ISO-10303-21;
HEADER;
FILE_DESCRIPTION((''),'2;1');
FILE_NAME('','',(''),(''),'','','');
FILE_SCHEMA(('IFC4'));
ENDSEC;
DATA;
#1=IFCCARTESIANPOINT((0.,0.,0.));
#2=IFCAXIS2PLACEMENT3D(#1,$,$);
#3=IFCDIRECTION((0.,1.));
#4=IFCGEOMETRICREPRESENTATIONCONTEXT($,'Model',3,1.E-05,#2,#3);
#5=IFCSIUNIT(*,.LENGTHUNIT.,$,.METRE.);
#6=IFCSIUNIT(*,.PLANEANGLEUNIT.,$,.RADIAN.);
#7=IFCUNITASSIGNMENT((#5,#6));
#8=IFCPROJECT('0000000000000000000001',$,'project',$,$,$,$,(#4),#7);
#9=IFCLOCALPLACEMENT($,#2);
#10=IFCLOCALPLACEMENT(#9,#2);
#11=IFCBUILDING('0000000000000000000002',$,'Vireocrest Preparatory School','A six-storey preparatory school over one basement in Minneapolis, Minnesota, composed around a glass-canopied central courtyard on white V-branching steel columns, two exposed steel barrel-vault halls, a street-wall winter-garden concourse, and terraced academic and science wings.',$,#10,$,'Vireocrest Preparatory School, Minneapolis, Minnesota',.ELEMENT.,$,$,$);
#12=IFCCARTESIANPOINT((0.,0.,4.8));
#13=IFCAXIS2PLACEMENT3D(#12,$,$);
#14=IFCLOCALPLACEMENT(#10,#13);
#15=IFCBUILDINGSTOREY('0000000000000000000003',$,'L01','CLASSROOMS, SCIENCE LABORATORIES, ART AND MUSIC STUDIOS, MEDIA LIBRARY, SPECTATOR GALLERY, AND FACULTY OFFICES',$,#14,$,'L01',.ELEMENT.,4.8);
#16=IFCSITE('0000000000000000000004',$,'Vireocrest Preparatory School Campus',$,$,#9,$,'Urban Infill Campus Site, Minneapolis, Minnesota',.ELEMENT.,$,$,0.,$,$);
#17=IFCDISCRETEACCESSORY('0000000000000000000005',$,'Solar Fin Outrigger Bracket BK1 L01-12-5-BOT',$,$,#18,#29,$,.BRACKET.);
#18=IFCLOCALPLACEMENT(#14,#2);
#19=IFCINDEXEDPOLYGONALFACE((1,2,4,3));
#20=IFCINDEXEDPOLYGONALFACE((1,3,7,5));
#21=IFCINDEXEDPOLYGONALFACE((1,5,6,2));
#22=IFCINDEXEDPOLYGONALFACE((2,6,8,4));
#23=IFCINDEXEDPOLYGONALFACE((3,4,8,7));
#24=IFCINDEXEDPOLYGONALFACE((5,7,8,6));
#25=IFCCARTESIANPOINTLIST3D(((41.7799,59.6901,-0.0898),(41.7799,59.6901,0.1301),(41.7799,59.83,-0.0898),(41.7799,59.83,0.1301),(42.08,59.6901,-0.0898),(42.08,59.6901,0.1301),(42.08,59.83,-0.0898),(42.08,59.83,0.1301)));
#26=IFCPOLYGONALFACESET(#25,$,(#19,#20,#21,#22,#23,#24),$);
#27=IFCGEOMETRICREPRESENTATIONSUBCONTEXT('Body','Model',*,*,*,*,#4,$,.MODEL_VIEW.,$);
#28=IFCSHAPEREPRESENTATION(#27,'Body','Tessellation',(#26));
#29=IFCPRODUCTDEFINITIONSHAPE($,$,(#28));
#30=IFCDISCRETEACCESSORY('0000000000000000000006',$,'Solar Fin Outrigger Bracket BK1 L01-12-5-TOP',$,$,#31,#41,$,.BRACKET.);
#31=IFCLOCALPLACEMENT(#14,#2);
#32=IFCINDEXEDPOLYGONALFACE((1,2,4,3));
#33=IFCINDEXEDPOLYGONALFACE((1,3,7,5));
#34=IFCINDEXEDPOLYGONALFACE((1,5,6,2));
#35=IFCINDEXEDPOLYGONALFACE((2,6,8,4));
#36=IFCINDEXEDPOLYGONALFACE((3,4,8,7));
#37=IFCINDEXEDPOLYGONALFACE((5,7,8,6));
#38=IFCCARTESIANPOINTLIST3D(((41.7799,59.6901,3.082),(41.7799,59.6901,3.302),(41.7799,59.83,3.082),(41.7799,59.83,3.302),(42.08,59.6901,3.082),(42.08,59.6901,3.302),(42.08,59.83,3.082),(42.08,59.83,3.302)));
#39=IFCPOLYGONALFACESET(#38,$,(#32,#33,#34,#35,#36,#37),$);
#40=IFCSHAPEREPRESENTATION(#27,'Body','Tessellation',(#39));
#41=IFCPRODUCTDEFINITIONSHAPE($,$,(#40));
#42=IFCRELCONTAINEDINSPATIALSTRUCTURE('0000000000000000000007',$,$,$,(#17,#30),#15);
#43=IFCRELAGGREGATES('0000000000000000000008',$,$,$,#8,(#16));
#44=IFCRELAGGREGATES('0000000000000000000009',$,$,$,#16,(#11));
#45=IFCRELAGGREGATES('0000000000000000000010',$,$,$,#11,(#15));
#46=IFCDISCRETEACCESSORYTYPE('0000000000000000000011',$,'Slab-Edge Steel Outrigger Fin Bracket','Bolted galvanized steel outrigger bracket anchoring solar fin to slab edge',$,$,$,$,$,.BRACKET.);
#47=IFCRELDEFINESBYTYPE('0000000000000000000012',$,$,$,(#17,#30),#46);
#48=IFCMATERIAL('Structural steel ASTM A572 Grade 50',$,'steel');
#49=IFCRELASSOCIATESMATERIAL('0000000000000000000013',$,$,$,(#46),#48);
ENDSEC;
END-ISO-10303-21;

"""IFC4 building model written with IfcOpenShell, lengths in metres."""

from ifc_helpers import new_model, si_unit, direction, frame, origin, origin_2d, place, context, subcontext, project, spatial, rectangle, extrude, material, type_object, element, save


model = new_model("IFC4")

# Units and contexts
model_context = context("Model", 3, precision=1e-05, world=origin(), true_north=direction((0.0, 1.0)))
body_context = subcontext(model_context, "Body", "Model", "MODEL_VIEW")
ifc_project = project(units=[si_unit("LENGTHUNIT", "METRE"), si_unit("PLANEANGLEUNIT", "RADIAN")], contexts=[model_context])

# Site, building, storey
site_placement = place(None, origin())
site = spatial("IfcSite", under=ifc_project, at=site_placement, Name="Vireocrest Preparatory School Campus", LongName="Urban Infill Campus Site, Minneapolis, Minnesota", CompositionType="ELEMENT", RefElevation=0.0)
building_placement = place(site_placement, origin())
building = spatial("IfcBuilding", under=site, at=building_placement, Name="Vireocrest Preparatory School", Description="A six-storey preparatory school over one basement in Minneapolis, Minnesota, composed around a glass-canopied central courtyard on white V-branching steel columns, two exposed steel barrel-vault halls, a street-wall winter-garden concourse, and terraced academic and science wings.", LongName="Vireocrest Preparatory School, Minneapolis, Minnesota", CompositionType="ELEMENT")
storey_placement = place(building_placement, frame((0.0, 0.0, 4.8)))
storey = spatial("IfcBuildingStorey", under=building, at=storey_placement, Name="L01", Description="CLASSROOMS, SCIENCE LABORATORIES, ART AND MUSIC STUDIOS, MEDIA LIBRARY, SPECTATOR GALLERY, AND FACULTY OFFICES", LongName="L01", CompositionType="ELEMENT", Elevation=4.8)

# Discrete accessories
ifc_material_1 = material(Name="Structural steel ASTM A572 Grade 50", Category="steel")
discrete_accessory_type = type_object("IfcDiscreteAccessoryType", Name="Slab-Edge Steel Outrigger Fin Bracket", Description="Bolted galvanized steel outrigger bracket anchoring solar fin to slab edge", PredefinedType="BRACKET", material=ifc_material_1)
for number, where, z_axis, x_axis, name in (
    (1, (41.9299, 59.76, -0.0898), (0.0, 0.0, 1.0), (0.0, 1.0, 0.0), "Solar Fin Outrigger Bracket BK1 L01-12-5-BOT"),
    (2, (41.9299, 59.76, 3.082), (0.0, 0.0, 1.0), (0.0, 1.0, 0.0), "Solar Fin Outrigger Bracket BK1 L01-12-5-TOP"),
):
    element("IfcDiscreteAccessory", number, at=place(storey_placement, frame(where, z_axis=z_axis, x_axis=x_axis)), inside=storey, type_object=discrete_accessory_type, Name=name, PredefinedType="BRACKET", context=body_context, shape_type="SweptSolid", body=[
        extrude(rectangle(XDim=0.1399, YDim=0.3, at=origin_2d()), origin(), (0.0, 0.0, 1.0), 0.22),
    ])

save(model, "model.ifc")
